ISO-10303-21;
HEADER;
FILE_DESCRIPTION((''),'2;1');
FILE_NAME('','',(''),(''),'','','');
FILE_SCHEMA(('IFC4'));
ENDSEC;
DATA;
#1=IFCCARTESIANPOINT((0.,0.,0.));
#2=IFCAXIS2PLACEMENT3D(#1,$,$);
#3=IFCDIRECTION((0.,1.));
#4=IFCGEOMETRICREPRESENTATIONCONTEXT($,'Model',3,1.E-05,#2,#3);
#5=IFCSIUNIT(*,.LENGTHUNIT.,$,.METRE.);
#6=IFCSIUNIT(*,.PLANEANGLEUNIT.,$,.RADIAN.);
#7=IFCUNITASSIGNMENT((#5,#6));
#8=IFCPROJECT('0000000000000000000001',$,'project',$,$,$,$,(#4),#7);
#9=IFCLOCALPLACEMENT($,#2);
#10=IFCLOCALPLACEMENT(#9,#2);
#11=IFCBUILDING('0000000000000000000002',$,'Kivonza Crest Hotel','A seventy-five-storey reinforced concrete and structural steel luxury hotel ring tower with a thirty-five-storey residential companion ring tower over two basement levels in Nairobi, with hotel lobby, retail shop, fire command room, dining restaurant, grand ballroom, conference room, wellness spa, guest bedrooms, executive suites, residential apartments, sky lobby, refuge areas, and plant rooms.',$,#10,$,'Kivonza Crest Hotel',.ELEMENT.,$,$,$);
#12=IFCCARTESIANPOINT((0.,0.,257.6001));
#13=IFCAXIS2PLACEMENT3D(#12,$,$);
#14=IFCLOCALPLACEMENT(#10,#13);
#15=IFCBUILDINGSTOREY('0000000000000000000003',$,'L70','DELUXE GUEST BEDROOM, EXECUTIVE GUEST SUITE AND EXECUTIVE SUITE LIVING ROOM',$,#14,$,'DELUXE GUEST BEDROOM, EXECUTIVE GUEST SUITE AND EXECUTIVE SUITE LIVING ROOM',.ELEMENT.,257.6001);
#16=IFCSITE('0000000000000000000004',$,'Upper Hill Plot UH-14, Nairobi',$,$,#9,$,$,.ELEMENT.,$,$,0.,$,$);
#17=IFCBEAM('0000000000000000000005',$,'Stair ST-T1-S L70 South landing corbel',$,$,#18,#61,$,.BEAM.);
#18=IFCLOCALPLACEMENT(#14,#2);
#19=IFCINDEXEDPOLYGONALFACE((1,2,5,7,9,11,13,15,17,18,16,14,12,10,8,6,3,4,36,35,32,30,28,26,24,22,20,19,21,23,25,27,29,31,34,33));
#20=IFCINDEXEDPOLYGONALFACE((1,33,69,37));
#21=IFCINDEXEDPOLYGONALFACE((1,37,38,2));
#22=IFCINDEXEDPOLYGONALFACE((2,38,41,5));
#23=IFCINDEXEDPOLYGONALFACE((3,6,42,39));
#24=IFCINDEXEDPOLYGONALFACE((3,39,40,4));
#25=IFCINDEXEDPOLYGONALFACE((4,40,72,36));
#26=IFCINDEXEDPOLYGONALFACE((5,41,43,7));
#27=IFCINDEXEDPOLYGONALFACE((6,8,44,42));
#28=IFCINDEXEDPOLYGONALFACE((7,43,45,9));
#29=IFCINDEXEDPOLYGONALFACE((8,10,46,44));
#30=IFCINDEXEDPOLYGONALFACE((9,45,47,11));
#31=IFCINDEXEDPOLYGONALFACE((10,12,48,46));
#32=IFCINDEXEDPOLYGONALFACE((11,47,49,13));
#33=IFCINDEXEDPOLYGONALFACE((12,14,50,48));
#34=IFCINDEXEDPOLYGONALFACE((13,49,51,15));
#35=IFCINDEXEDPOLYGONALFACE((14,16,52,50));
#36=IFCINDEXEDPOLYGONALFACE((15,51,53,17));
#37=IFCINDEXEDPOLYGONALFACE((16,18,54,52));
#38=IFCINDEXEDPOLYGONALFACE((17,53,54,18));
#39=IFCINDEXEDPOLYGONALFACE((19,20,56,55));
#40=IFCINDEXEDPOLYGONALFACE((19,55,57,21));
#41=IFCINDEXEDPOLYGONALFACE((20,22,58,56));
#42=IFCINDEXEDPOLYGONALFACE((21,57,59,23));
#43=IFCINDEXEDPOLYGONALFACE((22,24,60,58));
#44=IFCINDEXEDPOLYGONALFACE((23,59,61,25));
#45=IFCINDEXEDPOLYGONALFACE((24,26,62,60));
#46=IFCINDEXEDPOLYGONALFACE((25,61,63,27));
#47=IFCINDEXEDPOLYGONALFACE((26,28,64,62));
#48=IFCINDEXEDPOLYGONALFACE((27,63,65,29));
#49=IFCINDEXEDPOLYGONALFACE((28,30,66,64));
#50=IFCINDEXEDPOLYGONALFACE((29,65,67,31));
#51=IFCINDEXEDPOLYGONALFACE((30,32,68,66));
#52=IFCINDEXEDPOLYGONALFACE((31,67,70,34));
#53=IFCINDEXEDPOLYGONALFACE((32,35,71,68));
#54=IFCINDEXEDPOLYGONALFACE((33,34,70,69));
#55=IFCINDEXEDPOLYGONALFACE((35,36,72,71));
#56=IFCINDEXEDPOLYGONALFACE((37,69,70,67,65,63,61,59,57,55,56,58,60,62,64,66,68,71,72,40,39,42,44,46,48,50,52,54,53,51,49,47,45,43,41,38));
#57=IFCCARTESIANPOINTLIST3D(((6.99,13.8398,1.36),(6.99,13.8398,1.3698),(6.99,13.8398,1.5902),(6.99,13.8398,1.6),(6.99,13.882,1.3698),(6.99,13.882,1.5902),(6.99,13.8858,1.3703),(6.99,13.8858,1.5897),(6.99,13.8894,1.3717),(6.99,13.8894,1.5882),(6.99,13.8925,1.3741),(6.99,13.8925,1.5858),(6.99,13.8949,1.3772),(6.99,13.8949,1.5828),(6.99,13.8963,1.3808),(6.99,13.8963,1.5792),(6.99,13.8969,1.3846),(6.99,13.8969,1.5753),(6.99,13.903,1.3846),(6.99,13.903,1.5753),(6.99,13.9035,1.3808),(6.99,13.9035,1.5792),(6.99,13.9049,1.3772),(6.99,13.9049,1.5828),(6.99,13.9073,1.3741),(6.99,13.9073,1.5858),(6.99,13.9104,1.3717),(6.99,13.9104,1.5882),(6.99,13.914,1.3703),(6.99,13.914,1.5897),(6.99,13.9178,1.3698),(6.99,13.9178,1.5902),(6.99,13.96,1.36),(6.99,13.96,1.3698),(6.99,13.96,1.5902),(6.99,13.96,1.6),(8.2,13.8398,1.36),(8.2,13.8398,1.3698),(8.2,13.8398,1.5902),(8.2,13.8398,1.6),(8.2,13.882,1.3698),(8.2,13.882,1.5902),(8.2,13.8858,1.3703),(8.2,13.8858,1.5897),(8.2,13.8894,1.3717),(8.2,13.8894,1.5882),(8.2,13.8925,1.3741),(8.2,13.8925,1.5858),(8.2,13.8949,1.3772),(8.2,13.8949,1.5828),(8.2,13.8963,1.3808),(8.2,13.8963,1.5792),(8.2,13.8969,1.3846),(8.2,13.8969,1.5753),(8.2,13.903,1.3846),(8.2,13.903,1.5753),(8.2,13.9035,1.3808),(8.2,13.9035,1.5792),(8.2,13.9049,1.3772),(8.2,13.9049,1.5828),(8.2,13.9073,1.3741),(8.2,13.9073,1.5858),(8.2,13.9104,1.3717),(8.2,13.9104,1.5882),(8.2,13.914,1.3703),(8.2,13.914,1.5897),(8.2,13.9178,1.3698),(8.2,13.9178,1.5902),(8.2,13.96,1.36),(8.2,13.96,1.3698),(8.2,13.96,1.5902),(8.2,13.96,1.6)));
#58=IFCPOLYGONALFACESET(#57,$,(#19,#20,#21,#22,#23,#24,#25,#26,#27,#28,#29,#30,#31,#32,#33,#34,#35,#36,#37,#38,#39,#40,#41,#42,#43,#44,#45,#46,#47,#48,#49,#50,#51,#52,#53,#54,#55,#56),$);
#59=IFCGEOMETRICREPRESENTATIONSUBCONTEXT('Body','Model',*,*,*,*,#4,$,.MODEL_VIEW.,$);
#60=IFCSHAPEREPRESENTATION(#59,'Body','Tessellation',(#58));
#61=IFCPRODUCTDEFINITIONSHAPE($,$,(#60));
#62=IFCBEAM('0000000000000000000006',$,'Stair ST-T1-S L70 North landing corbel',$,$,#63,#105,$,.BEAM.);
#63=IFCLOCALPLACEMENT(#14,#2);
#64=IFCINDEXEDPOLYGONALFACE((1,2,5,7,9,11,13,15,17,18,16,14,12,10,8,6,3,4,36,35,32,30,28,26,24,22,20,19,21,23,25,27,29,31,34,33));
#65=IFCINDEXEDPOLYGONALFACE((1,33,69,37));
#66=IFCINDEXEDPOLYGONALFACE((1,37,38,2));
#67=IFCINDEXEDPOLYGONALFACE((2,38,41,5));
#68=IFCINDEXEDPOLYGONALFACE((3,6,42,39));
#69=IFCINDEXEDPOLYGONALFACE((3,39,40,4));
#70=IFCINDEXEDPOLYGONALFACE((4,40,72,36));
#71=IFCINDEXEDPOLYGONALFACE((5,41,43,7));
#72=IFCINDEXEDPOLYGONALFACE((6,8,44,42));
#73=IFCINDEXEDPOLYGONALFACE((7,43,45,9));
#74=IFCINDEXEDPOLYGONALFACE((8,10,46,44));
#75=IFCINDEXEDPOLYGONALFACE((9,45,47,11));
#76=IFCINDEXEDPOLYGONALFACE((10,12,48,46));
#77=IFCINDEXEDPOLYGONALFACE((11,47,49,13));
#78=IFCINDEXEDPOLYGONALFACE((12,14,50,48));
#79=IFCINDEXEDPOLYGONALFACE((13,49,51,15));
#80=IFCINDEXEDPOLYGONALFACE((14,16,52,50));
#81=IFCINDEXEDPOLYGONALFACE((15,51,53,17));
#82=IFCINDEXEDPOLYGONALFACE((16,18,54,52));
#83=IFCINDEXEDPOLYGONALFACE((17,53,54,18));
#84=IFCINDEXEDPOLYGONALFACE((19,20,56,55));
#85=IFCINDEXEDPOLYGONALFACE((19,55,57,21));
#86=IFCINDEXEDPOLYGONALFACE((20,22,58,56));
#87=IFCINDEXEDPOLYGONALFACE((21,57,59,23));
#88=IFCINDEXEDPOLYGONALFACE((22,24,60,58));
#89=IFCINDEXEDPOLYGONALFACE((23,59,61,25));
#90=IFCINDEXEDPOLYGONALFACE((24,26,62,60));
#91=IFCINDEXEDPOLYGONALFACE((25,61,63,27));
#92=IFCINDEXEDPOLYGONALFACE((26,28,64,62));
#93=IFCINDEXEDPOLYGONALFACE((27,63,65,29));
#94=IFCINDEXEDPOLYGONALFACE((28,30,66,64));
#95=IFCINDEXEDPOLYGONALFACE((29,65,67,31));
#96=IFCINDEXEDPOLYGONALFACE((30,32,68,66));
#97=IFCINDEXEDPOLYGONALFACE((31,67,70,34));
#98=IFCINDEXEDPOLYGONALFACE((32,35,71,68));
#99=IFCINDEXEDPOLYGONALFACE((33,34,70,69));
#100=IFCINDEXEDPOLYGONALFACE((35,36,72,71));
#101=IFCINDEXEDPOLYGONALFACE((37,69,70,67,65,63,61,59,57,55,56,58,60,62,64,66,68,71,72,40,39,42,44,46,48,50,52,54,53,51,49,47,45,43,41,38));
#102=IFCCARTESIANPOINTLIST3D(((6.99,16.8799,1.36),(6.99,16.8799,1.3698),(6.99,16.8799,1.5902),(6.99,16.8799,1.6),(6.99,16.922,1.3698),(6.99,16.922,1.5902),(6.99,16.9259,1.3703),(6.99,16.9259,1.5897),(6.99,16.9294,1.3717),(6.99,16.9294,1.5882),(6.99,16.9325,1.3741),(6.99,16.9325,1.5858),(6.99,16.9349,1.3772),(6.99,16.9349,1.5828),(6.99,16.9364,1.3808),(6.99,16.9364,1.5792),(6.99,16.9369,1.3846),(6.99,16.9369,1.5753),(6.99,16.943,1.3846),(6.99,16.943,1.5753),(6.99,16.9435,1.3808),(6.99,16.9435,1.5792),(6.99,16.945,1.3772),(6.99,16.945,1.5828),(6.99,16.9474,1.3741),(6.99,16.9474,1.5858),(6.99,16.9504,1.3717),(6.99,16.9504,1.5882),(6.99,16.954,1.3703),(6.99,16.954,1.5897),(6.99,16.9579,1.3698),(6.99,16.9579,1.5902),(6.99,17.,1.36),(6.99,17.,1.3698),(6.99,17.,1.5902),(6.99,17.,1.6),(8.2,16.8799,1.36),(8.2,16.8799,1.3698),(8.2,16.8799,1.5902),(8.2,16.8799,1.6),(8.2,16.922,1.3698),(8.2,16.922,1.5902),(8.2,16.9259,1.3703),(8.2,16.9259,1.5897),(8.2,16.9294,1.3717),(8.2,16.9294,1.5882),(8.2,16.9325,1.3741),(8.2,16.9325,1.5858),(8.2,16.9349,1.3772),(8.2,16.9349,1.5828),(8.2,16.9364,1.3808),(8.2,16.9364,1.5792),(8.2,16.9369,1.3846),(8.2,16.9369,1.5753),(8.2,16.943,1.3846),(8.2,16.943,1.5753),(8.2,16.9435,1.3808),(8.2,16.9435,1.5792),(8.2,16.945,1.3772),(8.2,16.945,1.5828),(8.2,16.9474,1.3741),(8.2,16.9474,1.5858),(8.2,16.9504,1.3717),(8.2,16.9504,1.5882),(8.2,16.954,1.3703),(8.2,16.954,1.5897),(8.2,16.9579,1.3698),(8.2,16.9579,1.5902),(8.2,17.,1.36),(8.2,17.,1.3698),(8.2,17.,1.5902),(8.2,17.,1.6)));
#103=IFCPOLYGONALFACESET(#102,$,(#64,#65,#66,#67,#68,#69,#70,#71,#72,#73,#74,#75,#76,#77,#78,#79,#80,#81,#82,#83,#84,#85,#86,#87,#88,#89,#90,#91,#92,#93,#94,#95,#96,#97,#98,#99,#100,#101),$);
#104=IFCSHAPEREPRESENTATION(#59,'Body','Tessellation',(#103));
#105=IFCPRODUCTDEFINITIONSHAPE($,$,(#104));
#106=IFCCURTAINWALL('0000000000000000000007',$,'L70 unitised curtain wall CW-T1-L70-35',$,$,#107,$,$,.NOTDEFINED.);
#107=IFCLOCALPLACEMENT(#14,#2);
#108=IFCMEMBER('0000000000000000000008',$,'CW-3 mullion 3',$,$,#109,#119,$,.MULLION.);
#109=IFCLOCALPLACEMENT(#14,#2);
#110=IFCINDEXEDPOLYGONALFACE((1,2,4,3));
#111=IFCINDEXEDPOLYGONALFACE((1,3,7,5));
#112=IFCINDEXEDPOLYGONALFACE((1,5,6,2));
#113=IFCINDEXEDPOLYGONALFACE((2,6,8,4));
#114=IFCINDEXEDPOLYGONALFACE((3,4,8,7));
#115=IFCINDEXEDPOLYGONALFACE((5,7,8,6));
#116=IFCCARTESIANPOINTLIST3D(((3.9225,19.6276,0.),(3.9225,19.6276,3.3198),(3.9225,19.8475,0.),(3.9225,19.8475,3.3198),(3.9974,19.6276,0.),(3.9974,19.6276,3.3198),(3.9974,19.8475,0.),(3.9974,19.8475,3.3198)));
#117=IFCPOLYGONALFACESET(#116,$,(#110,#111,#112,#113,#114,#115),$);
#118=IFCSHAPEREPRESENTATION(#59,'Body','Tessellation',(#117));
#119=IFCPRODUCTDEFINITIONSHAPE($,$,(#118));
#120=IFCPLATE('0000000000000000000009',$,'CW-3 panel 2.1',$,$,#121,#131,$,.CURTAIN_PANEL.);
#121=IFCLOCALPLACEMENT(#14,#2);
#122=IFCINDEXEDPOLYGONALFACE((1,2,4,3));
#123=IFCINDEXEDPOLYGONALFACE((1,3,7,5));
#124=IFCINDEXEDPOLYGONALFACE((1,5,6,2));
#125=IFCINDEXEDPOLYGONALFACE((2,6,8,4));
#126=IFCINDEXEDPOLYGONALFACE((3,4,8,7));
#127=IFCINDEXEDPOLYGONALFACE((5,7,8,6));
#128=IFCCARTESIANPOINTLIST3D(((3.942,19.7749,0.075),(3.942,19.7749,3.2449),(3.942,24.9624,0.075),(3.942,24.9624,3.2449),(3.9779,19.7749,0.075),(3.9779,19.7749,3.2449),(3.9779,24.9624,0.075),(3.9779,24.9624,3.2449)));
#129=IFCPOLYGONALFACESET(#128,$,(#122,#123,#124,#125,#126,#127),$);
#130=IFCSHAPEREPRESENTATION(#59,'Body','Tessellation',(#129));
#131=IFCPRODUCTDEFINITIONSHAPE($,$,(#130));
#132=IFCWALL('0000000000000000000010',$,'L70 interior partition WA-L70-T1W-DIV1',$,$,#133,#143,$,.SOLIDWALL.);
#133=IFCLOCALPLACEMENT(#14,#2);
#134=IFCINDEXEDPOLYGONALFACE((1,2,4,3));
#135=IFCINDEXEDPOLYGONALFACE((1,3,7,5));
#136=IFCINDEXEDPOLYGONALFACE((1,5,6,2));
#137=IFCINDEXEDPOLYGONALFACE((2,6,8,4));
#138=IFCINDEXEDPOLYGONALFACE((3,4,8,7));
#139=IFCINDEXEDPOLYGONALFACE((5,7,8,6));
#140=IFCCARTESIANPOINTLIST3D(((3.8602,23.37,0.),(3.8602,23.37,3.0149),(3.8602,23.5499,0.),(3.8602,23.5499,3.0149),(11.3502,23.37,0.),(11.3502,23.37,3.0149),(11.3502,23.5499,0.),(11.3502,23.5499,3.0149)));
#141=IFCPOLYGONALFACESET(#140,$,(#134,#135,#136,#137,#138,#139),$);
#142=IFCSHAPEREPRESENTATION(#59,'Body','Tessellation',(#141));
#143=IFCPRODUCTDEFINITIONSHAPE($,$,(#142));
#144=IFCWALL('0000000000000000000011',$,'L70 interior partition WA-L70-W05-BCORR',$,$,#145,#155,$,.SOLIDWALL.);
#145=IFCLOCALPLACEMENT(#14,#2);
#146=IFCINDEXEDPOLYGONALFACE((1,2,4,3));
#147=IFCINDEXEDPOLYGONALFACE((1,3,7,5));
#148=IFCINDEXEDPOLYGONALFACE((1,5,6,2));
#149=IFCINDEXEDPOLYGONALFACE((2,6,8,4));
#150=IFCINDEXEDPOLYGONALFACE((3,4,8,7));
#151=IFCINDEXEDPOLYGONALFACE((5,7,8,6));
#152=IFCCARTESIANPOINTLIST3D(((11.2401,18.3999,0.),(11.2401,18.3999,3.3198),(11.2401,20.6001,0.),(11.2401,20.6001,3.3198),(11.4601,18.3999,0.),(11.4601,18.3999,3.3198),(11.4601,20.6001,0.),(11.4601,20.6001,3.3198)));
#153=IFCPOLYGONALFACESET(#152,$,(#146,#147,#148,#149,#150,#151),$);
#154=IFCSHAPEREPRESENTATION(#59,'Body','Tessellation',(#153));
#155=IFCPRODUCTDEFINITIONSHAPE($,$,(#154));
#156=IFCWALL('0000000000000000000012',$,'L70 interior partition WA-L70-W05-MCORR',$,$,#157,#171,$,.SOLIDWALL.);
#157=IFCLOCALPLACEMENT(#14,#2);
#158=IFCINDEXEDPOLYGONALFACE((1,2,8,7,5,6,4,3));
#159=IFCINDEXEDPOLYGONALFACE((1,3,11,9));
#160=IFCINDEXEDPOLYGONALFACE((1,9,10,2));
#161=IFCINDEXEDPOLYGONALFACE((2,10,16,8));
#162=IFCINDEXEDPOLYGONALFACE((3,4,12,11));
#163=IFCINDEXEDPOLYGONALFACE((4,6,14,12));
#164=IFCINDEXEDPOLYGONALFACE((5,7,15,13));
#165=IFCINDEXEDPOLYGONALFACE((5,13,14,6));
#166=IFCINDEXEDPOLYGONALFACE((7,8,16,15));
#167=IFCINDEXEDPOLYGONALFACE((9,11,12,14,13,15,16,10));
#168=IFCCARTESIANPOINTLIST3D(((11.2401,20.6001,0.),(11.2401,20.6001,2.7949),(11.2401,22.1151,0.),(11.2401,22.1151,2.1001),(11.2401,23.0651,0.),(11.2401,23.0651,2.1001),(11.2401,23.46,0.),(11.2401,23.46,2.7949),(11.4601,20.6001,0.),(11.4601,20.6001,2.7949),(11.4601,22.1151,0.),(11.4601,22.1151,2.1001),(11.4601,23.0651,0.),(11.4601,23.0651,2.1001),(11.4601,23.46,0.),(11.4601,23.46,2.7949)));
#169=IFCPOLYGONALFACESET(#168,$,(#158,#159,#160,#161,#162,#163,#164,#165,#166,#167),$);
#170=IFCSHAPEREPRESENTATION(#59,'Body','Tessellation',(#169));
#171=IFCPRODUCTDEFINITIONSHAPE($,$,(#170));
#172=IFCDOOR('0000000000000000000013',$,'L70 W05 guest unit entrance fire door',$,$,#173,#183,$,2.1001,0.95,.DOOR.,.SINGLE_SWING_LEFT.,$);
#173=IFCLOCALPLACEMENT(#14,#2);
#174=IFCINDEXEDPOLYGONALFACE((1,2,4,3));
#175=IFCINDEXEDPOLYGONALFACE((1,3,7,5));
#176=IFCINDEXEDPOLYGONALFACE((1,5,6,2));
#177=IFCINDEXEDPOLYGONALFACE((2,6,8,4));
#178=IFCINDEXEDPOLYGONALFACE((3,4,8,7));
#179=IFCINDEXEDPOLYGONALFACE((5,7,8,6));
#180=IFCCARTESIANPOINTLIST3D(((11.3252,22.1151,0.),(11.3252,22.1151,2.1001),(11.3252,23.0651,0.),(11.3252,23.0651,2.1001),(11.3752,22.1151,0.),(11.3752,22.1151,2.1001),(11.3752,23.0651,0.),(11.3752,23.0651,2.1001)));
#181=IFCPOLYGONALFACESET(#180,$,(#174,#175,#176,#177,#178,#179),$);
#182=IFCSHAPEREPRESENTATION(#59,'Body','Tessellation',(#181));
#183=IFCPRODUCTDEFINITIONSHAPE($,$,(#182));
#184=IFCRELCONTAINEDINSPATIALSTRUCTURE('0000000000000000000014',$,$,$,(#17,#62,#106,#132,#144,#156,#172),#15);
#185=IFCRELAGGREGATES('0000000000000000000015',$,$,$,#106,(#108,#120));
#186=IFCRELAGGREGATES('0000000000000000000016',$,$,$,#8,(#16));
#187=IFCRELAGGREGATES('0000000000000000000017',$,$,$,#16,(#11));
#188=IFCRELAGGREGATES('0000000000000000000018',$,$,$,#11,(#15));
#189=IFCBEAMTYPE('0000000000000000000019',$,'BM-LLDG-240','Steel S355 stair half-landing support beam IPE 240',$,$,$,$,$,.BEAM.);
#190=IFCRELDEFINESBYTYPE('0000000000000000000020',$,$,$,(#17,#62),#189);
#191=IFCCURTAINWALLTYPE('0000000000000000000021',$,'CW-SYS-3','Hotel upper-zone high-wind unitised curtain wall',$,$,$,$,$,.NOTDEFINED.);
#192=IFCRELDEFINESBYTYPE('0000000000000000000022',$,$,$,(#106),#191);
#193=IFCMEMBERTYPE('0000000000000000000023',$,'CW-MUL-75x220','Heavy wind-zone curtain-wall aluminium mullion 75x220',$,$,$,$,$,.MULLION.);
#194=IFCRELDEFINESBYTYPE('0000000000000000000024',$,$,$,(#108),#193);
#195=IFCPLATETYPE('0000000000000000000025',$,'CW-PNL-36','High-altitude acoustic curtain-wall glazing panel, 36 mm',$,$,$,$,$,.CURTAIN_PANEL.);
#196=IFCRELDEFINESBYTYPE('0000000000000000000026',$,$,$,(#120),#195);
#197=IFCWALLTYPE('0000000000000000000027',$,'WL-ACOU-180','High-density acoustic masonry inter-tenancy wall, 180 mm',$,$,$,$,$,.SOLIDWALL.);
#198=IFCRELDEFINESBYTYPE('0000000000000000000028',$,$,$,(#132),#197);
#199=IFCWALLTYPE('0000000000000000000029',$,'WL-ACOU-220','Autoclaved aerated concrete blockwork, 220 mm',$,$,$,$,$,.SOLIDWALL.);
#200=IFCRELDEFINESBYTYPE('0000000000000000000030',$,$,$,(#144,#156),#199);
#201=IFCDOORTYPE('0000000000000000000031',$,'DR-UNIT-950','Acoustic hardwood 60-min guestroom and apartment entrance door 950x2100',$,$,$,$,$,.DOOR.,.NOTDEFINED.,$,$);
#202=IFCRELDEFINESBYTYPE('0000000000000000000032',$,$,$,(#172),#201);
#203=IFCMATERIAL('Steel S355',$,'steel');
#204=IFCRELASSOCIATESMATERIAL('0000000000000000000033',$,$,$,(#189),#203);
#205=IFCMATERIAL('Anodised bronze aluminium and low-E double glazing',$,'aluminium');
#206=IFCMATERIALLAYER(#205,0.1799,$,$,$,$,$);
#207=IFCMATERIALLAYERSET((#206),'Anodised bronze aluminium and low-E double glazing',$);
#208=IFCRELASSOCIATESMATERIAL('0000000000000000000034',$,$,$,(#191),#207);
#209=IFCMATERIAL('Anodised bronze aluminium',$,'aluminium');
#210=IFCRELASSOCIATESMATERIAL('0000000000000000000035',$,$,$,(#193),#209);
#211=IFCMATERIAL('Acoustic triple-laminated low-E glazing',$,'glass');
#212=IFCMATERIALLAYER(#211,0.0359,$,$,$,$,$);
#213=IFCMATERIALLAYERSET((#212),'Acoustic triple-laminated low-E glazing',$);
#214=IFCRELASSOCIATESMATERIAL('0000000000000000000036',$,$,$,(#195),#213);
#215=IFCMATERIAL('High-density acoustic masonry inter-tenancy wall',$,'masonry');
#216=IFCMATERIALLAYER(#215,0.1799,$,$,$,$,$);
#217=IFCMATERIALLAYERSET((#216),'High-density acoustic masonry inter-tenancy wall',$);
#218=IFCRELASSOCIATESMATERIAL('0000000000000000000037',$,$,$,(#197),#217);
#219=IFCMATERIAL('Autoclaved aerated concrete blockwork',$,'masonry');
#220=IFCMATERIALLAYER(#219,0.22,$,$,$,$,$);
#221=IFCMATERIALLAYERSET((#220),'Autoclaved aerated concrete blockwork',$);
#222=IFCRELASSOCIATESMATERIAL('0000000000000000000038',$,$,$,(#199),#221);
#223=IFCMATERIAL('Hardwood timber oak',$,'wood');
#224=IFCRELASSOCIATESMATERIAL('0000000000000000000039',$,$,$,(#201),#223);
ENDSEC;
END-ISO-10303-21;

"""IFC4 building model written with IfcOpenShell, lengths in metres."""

from ifc_helpers import new_model, si_unit, direction, frame, frame_2d, origin, origin_2d, place, context, subcontext, project, spatial, rectangle, i_section, extrude, material, layer, layer_set, material_profile, profile_set, type_object, element, fill, aggregate, save


model = new_model("IFC4")

# Units and contexts
model_context = context("Model", 3, precision=1e-05, world=origin(), true_north=direction((0.0, 1.0)))
body_context = subcontext(model_context, "Body", "Model", "MODEL_VIEW")
ifc_project = project(units=[si_unit("LENGTHUNIT", "METRE"), si_unit("PLANEANGLEUNIT", "RADIAN")], contexts=[model_context])

# Site, building, storey
site_placement = place(None, origin())
site = spatial("IfcSite", under=ifc_project, at=site_placement, Name="Upper Hill Plot UH-14, Nairobi", CompositionType="ELEMENT", RefElevation=0.0)
building_placement = place(site_placement, origin())
building = spatial("IfcBuilding", under=site, at=building_placement, Name="Kivonza Crest Hotel", Description="A seventy-five-storey reinforced concrete and structural steel luxury hotel ring tower with a thirty-five-storey residential companion ring tower over two basement levels in Nairobi, with hotel lobby, retail shop, fire command room, dining restaurant, grand ballroom, conference room, wellness spa, guest bedrooms, executive suites, residential apartments, sky lobby, refuge areas, and plant rooms.", LongName="Kivonza Crest Hotel", CompositionType="ELEMENT")
storey_placement = place(building_placement, frame((0.0, 0.0, 257.6001)))
storey = spatial("IfcBuildingStorey", under=building, at=storey_placement, Name="L70", Description="DELUXE GUEST BEDROOM, EXECUTIVE GUEST SUITE AND EXECUTIVE SUITE LIVING ROOM", LongName="DELUXE GUEST BEDROOM, EXECUTIVE GUEST SUITE AND EXECUTIVE SUITE LIVING ROOM", CompositionType="ELEMENT", Elevation=257.6001)

# Beams
ifc_material_1 = material(Name="Steel S355", Category="steel")
ifc_material_profile_1 = material_profile(ifc_material_1, i_section(OverallWidth=0.1201, OverallDepth=0.24, WebThickness=0.0061, FlangeThickness=0.0098, FilletRadius=0.0149, at=origin_2d()), Name="IPE 240")
ifc_profile_set_1 = profile_set([ifc_material_profile_1], Name="Steel S355")
beam_type_1 = type_object("IfcBeamType", Name="BM-LLDG-240", Description="Steel S355 stair half-landing support beam IPE 240", PredefinedType="BEAM", material=ifc_profile_set_1)
for number, where, z_axis, x_axis, name in (
    (1, (6.99, 13.8999, 1.48), (1.0, 0.0, 0.0), (0.0, 1.0, 0.0), "Stair ST-T1-S L70 South landing corbel"),
    (2, (6.99, 16.9399, 1.48), (1.0, 0.0, 0.0), (0.0, 1.0, 0.0), "Stair ST-T1-S L70 North landing corbel"),
):
    element("IfcBeam", number, at=place(storey_placement, frame(where, z_axis=z_axis, x_axis=x_axis)), inside=storey, type_object=beam_type_1, Name=name, PredefinedType="BEAM", context=body_context, shape_type="SweptSolid", body=[
        extrude(i_section(OverallWidth=0.1201, OverallDepth=0.24, WebThickness=0.0061, FlangeThickness=0.0098, FilletRadius=0.0149, at=origin_2d()), origin(), (0.0, 0.0, 1.0), 1.21),
    ])

# Curtain wall, member, plate
ifc_material_2 = material(Name="Anodised bronze aluminium and low-E double glazing", Category="aluminium")
ifc_layer_1 = layer(ifc_material_2, 0.1799)
ifc_layer_set_1 = layer_set([ifc_layer_1], Name="Anodised bronze aluminium and low-E double glazing")
curtain_wall_type = type_object("IfcCurtainWallType", Name="CW-SYS-3", Description="Hotel upper-zone high-wind unitised curtain wall", PredefinedType="NOTDEFINED", material=ifc_layer_set_1)
curtain_wall_placement = place(storey_placement, origin())
curtain_wall = element("IfcCurtainWall", 3, at=curtain_wall_placement, inside=storey, type_object=curtain_wall_type, Name="L70 unitised curtain wall CW-T1-L70-35", PredefinedType="NOTDEFINED")
ifc_material_3 = material(Name="Anodised bronze aluminium", Category="aluminium")
ifc_material_profile_2 = material_profile(ifc_material_3, rectangle(XDim=0.075, YDim=0.22, at=origin_2d()), Name="CW-M 75x220")
ifc_profile_set_2 = profile_set([ifc_material_profile_2], Name="Anodised bronze aluminium")
member_type = type_object("IfcMemberType", Name="CW-MUL-75x220", Description="Heavy wind-zone curtain-wall aluminium mullion 75x220", PredefinedType="MULLION", material=ifc_profile_set_2)
member_placement = place(storey_placement, frame((3.96, 19.7375, 0.0), z_axis=(0.0, 0.0, 1.0), x_axis=(1.0, 0.0, 0.0)))
member = element("IfcMember", 4, at=member_placement, type_object=member_type, Name="CW-3 mullion 3", PredefinedType="MULLION", context=body_context, shape_type="SweptSolid", body=[
    extrude(rectangle(XDim=0.075, YDim=0.22, at=origin_2d()), origin(), (0.0, 0.0, 1.0), 3.3198),
])
ifc_material_4 = material(Name="Acoustic triple-laminated low-E glazing", Category="glass")
ifc_layer_2 = layer(ifc_material_4, 0.0359)
ifc_layer_set_2 = layer_set([ifc_layer_2], Name="Acoustic triple-laminated low-E glazing")
plate_type = type_object("IfcPlateType", Name="CW-PNL-36", Description="High-altitude acoustic curtain-wall glazing panel, 36 mm", PredefinedType="CURTAIN_PANEL", material=ifc_layer_set_2)
plate_placement = place(storey_placement, frame((3.96, 22.3687, 0.075), z_axis=(0.0, 0.0, 1.0), x_axis=(0.0, -1.0, 0.0)))
plate = element("IfcPlate", 5, at=plate_placement, type_object=plate_type, Name="CW-3 panel 2.1", PredefinedType="CURTAIN_PANEL", context=body_context, shape_type="SweptSolid", body=[
    extrude(rectangle(XDim=5.1875, YDim=0.0359, at=origin_2d()), origin(), (0.0, 0.0, 1.0), 3.1699),
])
aggregate(curtain_wall, [member, plate])

# Walls
ifc_material_5 = material(Name="High-density acoustic masonry inter-tenancy wall", Category="masonry")
ifc_layer_3 = layer(ifc_material_5, 0.1799)
ifc_layer_set_3 = layer_set([ifc_layer_3], Name="High-density acoustic masonry inter-tenancy wall")
wall_type_1 = type_object("IfcWallType", Name="WL-ACOU-180", Description="High-density acoustic masonry inter-tenancy wall, 180 mm", PredefinedType="SOLIDWALL", material=ifc_layer_set_3)
wall_1_placement = place(storey_placement, frame((3.8601, 23.46, 0.0), z_axis=(0.0, 0.0, 1.0), x_axis=(1.0, 0.0, 0.0)))
element("IfcWall", 6, at=wall_1_placement, inside=storey, type_object=wall_type_1, Name="L70 interior partition WA-L70-T1W-DIV1", PredefinedType="SOLIDWALL", context=body_context, shape_type="SweptSolid", body=[
    extrude(rectangle(XDim=7.49, YDim=0.1799, at=frame_2d((3.7451, 0.0))), origin(), (0.0, 0.0, 1.0), 3.0149),
])
ifc_material_6 = material(Name="Autoclaved aerated concrete blockwork", Category="masonry")
ifc_layer_4 = layer(ifc_material_6, 0.22)
ifc_layer_set_4 = layer_set([ifc_layer_4], Name="Autoclaved aerated concrete blockwork")
wall_type_2 = type_object("IfcWallType", Name="WL-ACOU-220", Description="Autoclaved aerated concrete blockwork, 220 mm", PredefinedType="SOLIDWALL", material=ifc_layer_set_4)
wall_2_placement = place(storey_placement, frame((11.3501, 18.3999, 0.0), z_axis=(0.0, 0.0, 1.0), x_axis=(0.0, 1.0, 0.0)))
element("IfcWall", 7, at=wall_2_placement, inside=storey, type_object=wall_type_2, Name="L70 interior partition WA-L70-W05-BCORR", PredefinedType="SOLIDWALL", context=body_context, shape_type="SweptSolid", body=[
    extrude(rectangle(XDim=2.2002, YDim=0.22, at=frame_2d((1.1001, 0.0))), origin(), (0.0, 0.0, 1.0), 3.3198),
])

# Wall, opening, door
wall_3_placement = place(storey_placement, frame((11.3501, 20.6001, 0.0), z_axis=(0.0, 0.0, 1.0), x_axis=(0.0, 1.0, 0.0)))
wall_3 = element("IfcWall", 8, at=wall_3_placement, inside=storey, type_object=wall_type_2, Name="L70 interior partition WA-L70-W05-MCORR", PredefinedType="SOLIDWALL", context=body_context, shape_type="SweptSolid", body=[
    extrude(rectangle(XDim=2.8599, YDim=0.22, at=frame_2d((1.4299, 0.0))), origin(), (0.0, 0.0, 1.0), 2.7949),
])
opening_1_placement = place(wall_3_placement, frame((1.5149, 0.0, 0.0)))
opening_1 = element("IfcOpeningElement", 9, at=opening_1_placement, cuts=wall_3, PredefinedType="OPENING", context=body_context, shape_type="SweptSolid", body=[
    extrude(rectangle(XDim=0.95, YDim=2.1001, at=frame_2d((0.4751, 1.05))), frame((0.0, 0.1201, 0.0), z_axis=(0.0, -1.0, 0.0), x_axis=(1.0, 0.0, 0.0)), (0.0, 0.0, 1.0), 0.24),
])
ifc_material_7 = material(Name="Hardwood timber oak", Category="wood")
door_type_1 = type_object("IfcDoorType", Name="DR-UNIT-950", Description="Acoustic hardwood 60-min guestroom and apartment entrance door 950x2100", OperationType="NOTDEFINED", PredefinedType="DOOR", material=ifc_material_7)
door_1_placement = place(opening_1_placement, origin())
door_1 = element("IfcDoor", 10, at=door_1_placement, inside=storey, type_object=door_type_1, Name="L70 W05 guest unit entrance fire door", OperationType="SINGLE_SWING_LEFT", OverallHeight=2.1001, OverallWidth=0.95, PredefinedType="DOOR", context=body_context, shape_type="SweptSolid", body=[
    extrude(rectangle(XDim=0.95, YDim=2.1001, at=frame_2d((0.4751, 1.05))), frame((0.0, 0.0249, 0.0), z_axis=(0.0, -1.0, 0.0), x_axis=(1.0, 0.0, 0.0)), (0.0, 0.0, 1.0), 0.05),
])
fill(opening_1, door_1)

save(model, "model.ifc")
